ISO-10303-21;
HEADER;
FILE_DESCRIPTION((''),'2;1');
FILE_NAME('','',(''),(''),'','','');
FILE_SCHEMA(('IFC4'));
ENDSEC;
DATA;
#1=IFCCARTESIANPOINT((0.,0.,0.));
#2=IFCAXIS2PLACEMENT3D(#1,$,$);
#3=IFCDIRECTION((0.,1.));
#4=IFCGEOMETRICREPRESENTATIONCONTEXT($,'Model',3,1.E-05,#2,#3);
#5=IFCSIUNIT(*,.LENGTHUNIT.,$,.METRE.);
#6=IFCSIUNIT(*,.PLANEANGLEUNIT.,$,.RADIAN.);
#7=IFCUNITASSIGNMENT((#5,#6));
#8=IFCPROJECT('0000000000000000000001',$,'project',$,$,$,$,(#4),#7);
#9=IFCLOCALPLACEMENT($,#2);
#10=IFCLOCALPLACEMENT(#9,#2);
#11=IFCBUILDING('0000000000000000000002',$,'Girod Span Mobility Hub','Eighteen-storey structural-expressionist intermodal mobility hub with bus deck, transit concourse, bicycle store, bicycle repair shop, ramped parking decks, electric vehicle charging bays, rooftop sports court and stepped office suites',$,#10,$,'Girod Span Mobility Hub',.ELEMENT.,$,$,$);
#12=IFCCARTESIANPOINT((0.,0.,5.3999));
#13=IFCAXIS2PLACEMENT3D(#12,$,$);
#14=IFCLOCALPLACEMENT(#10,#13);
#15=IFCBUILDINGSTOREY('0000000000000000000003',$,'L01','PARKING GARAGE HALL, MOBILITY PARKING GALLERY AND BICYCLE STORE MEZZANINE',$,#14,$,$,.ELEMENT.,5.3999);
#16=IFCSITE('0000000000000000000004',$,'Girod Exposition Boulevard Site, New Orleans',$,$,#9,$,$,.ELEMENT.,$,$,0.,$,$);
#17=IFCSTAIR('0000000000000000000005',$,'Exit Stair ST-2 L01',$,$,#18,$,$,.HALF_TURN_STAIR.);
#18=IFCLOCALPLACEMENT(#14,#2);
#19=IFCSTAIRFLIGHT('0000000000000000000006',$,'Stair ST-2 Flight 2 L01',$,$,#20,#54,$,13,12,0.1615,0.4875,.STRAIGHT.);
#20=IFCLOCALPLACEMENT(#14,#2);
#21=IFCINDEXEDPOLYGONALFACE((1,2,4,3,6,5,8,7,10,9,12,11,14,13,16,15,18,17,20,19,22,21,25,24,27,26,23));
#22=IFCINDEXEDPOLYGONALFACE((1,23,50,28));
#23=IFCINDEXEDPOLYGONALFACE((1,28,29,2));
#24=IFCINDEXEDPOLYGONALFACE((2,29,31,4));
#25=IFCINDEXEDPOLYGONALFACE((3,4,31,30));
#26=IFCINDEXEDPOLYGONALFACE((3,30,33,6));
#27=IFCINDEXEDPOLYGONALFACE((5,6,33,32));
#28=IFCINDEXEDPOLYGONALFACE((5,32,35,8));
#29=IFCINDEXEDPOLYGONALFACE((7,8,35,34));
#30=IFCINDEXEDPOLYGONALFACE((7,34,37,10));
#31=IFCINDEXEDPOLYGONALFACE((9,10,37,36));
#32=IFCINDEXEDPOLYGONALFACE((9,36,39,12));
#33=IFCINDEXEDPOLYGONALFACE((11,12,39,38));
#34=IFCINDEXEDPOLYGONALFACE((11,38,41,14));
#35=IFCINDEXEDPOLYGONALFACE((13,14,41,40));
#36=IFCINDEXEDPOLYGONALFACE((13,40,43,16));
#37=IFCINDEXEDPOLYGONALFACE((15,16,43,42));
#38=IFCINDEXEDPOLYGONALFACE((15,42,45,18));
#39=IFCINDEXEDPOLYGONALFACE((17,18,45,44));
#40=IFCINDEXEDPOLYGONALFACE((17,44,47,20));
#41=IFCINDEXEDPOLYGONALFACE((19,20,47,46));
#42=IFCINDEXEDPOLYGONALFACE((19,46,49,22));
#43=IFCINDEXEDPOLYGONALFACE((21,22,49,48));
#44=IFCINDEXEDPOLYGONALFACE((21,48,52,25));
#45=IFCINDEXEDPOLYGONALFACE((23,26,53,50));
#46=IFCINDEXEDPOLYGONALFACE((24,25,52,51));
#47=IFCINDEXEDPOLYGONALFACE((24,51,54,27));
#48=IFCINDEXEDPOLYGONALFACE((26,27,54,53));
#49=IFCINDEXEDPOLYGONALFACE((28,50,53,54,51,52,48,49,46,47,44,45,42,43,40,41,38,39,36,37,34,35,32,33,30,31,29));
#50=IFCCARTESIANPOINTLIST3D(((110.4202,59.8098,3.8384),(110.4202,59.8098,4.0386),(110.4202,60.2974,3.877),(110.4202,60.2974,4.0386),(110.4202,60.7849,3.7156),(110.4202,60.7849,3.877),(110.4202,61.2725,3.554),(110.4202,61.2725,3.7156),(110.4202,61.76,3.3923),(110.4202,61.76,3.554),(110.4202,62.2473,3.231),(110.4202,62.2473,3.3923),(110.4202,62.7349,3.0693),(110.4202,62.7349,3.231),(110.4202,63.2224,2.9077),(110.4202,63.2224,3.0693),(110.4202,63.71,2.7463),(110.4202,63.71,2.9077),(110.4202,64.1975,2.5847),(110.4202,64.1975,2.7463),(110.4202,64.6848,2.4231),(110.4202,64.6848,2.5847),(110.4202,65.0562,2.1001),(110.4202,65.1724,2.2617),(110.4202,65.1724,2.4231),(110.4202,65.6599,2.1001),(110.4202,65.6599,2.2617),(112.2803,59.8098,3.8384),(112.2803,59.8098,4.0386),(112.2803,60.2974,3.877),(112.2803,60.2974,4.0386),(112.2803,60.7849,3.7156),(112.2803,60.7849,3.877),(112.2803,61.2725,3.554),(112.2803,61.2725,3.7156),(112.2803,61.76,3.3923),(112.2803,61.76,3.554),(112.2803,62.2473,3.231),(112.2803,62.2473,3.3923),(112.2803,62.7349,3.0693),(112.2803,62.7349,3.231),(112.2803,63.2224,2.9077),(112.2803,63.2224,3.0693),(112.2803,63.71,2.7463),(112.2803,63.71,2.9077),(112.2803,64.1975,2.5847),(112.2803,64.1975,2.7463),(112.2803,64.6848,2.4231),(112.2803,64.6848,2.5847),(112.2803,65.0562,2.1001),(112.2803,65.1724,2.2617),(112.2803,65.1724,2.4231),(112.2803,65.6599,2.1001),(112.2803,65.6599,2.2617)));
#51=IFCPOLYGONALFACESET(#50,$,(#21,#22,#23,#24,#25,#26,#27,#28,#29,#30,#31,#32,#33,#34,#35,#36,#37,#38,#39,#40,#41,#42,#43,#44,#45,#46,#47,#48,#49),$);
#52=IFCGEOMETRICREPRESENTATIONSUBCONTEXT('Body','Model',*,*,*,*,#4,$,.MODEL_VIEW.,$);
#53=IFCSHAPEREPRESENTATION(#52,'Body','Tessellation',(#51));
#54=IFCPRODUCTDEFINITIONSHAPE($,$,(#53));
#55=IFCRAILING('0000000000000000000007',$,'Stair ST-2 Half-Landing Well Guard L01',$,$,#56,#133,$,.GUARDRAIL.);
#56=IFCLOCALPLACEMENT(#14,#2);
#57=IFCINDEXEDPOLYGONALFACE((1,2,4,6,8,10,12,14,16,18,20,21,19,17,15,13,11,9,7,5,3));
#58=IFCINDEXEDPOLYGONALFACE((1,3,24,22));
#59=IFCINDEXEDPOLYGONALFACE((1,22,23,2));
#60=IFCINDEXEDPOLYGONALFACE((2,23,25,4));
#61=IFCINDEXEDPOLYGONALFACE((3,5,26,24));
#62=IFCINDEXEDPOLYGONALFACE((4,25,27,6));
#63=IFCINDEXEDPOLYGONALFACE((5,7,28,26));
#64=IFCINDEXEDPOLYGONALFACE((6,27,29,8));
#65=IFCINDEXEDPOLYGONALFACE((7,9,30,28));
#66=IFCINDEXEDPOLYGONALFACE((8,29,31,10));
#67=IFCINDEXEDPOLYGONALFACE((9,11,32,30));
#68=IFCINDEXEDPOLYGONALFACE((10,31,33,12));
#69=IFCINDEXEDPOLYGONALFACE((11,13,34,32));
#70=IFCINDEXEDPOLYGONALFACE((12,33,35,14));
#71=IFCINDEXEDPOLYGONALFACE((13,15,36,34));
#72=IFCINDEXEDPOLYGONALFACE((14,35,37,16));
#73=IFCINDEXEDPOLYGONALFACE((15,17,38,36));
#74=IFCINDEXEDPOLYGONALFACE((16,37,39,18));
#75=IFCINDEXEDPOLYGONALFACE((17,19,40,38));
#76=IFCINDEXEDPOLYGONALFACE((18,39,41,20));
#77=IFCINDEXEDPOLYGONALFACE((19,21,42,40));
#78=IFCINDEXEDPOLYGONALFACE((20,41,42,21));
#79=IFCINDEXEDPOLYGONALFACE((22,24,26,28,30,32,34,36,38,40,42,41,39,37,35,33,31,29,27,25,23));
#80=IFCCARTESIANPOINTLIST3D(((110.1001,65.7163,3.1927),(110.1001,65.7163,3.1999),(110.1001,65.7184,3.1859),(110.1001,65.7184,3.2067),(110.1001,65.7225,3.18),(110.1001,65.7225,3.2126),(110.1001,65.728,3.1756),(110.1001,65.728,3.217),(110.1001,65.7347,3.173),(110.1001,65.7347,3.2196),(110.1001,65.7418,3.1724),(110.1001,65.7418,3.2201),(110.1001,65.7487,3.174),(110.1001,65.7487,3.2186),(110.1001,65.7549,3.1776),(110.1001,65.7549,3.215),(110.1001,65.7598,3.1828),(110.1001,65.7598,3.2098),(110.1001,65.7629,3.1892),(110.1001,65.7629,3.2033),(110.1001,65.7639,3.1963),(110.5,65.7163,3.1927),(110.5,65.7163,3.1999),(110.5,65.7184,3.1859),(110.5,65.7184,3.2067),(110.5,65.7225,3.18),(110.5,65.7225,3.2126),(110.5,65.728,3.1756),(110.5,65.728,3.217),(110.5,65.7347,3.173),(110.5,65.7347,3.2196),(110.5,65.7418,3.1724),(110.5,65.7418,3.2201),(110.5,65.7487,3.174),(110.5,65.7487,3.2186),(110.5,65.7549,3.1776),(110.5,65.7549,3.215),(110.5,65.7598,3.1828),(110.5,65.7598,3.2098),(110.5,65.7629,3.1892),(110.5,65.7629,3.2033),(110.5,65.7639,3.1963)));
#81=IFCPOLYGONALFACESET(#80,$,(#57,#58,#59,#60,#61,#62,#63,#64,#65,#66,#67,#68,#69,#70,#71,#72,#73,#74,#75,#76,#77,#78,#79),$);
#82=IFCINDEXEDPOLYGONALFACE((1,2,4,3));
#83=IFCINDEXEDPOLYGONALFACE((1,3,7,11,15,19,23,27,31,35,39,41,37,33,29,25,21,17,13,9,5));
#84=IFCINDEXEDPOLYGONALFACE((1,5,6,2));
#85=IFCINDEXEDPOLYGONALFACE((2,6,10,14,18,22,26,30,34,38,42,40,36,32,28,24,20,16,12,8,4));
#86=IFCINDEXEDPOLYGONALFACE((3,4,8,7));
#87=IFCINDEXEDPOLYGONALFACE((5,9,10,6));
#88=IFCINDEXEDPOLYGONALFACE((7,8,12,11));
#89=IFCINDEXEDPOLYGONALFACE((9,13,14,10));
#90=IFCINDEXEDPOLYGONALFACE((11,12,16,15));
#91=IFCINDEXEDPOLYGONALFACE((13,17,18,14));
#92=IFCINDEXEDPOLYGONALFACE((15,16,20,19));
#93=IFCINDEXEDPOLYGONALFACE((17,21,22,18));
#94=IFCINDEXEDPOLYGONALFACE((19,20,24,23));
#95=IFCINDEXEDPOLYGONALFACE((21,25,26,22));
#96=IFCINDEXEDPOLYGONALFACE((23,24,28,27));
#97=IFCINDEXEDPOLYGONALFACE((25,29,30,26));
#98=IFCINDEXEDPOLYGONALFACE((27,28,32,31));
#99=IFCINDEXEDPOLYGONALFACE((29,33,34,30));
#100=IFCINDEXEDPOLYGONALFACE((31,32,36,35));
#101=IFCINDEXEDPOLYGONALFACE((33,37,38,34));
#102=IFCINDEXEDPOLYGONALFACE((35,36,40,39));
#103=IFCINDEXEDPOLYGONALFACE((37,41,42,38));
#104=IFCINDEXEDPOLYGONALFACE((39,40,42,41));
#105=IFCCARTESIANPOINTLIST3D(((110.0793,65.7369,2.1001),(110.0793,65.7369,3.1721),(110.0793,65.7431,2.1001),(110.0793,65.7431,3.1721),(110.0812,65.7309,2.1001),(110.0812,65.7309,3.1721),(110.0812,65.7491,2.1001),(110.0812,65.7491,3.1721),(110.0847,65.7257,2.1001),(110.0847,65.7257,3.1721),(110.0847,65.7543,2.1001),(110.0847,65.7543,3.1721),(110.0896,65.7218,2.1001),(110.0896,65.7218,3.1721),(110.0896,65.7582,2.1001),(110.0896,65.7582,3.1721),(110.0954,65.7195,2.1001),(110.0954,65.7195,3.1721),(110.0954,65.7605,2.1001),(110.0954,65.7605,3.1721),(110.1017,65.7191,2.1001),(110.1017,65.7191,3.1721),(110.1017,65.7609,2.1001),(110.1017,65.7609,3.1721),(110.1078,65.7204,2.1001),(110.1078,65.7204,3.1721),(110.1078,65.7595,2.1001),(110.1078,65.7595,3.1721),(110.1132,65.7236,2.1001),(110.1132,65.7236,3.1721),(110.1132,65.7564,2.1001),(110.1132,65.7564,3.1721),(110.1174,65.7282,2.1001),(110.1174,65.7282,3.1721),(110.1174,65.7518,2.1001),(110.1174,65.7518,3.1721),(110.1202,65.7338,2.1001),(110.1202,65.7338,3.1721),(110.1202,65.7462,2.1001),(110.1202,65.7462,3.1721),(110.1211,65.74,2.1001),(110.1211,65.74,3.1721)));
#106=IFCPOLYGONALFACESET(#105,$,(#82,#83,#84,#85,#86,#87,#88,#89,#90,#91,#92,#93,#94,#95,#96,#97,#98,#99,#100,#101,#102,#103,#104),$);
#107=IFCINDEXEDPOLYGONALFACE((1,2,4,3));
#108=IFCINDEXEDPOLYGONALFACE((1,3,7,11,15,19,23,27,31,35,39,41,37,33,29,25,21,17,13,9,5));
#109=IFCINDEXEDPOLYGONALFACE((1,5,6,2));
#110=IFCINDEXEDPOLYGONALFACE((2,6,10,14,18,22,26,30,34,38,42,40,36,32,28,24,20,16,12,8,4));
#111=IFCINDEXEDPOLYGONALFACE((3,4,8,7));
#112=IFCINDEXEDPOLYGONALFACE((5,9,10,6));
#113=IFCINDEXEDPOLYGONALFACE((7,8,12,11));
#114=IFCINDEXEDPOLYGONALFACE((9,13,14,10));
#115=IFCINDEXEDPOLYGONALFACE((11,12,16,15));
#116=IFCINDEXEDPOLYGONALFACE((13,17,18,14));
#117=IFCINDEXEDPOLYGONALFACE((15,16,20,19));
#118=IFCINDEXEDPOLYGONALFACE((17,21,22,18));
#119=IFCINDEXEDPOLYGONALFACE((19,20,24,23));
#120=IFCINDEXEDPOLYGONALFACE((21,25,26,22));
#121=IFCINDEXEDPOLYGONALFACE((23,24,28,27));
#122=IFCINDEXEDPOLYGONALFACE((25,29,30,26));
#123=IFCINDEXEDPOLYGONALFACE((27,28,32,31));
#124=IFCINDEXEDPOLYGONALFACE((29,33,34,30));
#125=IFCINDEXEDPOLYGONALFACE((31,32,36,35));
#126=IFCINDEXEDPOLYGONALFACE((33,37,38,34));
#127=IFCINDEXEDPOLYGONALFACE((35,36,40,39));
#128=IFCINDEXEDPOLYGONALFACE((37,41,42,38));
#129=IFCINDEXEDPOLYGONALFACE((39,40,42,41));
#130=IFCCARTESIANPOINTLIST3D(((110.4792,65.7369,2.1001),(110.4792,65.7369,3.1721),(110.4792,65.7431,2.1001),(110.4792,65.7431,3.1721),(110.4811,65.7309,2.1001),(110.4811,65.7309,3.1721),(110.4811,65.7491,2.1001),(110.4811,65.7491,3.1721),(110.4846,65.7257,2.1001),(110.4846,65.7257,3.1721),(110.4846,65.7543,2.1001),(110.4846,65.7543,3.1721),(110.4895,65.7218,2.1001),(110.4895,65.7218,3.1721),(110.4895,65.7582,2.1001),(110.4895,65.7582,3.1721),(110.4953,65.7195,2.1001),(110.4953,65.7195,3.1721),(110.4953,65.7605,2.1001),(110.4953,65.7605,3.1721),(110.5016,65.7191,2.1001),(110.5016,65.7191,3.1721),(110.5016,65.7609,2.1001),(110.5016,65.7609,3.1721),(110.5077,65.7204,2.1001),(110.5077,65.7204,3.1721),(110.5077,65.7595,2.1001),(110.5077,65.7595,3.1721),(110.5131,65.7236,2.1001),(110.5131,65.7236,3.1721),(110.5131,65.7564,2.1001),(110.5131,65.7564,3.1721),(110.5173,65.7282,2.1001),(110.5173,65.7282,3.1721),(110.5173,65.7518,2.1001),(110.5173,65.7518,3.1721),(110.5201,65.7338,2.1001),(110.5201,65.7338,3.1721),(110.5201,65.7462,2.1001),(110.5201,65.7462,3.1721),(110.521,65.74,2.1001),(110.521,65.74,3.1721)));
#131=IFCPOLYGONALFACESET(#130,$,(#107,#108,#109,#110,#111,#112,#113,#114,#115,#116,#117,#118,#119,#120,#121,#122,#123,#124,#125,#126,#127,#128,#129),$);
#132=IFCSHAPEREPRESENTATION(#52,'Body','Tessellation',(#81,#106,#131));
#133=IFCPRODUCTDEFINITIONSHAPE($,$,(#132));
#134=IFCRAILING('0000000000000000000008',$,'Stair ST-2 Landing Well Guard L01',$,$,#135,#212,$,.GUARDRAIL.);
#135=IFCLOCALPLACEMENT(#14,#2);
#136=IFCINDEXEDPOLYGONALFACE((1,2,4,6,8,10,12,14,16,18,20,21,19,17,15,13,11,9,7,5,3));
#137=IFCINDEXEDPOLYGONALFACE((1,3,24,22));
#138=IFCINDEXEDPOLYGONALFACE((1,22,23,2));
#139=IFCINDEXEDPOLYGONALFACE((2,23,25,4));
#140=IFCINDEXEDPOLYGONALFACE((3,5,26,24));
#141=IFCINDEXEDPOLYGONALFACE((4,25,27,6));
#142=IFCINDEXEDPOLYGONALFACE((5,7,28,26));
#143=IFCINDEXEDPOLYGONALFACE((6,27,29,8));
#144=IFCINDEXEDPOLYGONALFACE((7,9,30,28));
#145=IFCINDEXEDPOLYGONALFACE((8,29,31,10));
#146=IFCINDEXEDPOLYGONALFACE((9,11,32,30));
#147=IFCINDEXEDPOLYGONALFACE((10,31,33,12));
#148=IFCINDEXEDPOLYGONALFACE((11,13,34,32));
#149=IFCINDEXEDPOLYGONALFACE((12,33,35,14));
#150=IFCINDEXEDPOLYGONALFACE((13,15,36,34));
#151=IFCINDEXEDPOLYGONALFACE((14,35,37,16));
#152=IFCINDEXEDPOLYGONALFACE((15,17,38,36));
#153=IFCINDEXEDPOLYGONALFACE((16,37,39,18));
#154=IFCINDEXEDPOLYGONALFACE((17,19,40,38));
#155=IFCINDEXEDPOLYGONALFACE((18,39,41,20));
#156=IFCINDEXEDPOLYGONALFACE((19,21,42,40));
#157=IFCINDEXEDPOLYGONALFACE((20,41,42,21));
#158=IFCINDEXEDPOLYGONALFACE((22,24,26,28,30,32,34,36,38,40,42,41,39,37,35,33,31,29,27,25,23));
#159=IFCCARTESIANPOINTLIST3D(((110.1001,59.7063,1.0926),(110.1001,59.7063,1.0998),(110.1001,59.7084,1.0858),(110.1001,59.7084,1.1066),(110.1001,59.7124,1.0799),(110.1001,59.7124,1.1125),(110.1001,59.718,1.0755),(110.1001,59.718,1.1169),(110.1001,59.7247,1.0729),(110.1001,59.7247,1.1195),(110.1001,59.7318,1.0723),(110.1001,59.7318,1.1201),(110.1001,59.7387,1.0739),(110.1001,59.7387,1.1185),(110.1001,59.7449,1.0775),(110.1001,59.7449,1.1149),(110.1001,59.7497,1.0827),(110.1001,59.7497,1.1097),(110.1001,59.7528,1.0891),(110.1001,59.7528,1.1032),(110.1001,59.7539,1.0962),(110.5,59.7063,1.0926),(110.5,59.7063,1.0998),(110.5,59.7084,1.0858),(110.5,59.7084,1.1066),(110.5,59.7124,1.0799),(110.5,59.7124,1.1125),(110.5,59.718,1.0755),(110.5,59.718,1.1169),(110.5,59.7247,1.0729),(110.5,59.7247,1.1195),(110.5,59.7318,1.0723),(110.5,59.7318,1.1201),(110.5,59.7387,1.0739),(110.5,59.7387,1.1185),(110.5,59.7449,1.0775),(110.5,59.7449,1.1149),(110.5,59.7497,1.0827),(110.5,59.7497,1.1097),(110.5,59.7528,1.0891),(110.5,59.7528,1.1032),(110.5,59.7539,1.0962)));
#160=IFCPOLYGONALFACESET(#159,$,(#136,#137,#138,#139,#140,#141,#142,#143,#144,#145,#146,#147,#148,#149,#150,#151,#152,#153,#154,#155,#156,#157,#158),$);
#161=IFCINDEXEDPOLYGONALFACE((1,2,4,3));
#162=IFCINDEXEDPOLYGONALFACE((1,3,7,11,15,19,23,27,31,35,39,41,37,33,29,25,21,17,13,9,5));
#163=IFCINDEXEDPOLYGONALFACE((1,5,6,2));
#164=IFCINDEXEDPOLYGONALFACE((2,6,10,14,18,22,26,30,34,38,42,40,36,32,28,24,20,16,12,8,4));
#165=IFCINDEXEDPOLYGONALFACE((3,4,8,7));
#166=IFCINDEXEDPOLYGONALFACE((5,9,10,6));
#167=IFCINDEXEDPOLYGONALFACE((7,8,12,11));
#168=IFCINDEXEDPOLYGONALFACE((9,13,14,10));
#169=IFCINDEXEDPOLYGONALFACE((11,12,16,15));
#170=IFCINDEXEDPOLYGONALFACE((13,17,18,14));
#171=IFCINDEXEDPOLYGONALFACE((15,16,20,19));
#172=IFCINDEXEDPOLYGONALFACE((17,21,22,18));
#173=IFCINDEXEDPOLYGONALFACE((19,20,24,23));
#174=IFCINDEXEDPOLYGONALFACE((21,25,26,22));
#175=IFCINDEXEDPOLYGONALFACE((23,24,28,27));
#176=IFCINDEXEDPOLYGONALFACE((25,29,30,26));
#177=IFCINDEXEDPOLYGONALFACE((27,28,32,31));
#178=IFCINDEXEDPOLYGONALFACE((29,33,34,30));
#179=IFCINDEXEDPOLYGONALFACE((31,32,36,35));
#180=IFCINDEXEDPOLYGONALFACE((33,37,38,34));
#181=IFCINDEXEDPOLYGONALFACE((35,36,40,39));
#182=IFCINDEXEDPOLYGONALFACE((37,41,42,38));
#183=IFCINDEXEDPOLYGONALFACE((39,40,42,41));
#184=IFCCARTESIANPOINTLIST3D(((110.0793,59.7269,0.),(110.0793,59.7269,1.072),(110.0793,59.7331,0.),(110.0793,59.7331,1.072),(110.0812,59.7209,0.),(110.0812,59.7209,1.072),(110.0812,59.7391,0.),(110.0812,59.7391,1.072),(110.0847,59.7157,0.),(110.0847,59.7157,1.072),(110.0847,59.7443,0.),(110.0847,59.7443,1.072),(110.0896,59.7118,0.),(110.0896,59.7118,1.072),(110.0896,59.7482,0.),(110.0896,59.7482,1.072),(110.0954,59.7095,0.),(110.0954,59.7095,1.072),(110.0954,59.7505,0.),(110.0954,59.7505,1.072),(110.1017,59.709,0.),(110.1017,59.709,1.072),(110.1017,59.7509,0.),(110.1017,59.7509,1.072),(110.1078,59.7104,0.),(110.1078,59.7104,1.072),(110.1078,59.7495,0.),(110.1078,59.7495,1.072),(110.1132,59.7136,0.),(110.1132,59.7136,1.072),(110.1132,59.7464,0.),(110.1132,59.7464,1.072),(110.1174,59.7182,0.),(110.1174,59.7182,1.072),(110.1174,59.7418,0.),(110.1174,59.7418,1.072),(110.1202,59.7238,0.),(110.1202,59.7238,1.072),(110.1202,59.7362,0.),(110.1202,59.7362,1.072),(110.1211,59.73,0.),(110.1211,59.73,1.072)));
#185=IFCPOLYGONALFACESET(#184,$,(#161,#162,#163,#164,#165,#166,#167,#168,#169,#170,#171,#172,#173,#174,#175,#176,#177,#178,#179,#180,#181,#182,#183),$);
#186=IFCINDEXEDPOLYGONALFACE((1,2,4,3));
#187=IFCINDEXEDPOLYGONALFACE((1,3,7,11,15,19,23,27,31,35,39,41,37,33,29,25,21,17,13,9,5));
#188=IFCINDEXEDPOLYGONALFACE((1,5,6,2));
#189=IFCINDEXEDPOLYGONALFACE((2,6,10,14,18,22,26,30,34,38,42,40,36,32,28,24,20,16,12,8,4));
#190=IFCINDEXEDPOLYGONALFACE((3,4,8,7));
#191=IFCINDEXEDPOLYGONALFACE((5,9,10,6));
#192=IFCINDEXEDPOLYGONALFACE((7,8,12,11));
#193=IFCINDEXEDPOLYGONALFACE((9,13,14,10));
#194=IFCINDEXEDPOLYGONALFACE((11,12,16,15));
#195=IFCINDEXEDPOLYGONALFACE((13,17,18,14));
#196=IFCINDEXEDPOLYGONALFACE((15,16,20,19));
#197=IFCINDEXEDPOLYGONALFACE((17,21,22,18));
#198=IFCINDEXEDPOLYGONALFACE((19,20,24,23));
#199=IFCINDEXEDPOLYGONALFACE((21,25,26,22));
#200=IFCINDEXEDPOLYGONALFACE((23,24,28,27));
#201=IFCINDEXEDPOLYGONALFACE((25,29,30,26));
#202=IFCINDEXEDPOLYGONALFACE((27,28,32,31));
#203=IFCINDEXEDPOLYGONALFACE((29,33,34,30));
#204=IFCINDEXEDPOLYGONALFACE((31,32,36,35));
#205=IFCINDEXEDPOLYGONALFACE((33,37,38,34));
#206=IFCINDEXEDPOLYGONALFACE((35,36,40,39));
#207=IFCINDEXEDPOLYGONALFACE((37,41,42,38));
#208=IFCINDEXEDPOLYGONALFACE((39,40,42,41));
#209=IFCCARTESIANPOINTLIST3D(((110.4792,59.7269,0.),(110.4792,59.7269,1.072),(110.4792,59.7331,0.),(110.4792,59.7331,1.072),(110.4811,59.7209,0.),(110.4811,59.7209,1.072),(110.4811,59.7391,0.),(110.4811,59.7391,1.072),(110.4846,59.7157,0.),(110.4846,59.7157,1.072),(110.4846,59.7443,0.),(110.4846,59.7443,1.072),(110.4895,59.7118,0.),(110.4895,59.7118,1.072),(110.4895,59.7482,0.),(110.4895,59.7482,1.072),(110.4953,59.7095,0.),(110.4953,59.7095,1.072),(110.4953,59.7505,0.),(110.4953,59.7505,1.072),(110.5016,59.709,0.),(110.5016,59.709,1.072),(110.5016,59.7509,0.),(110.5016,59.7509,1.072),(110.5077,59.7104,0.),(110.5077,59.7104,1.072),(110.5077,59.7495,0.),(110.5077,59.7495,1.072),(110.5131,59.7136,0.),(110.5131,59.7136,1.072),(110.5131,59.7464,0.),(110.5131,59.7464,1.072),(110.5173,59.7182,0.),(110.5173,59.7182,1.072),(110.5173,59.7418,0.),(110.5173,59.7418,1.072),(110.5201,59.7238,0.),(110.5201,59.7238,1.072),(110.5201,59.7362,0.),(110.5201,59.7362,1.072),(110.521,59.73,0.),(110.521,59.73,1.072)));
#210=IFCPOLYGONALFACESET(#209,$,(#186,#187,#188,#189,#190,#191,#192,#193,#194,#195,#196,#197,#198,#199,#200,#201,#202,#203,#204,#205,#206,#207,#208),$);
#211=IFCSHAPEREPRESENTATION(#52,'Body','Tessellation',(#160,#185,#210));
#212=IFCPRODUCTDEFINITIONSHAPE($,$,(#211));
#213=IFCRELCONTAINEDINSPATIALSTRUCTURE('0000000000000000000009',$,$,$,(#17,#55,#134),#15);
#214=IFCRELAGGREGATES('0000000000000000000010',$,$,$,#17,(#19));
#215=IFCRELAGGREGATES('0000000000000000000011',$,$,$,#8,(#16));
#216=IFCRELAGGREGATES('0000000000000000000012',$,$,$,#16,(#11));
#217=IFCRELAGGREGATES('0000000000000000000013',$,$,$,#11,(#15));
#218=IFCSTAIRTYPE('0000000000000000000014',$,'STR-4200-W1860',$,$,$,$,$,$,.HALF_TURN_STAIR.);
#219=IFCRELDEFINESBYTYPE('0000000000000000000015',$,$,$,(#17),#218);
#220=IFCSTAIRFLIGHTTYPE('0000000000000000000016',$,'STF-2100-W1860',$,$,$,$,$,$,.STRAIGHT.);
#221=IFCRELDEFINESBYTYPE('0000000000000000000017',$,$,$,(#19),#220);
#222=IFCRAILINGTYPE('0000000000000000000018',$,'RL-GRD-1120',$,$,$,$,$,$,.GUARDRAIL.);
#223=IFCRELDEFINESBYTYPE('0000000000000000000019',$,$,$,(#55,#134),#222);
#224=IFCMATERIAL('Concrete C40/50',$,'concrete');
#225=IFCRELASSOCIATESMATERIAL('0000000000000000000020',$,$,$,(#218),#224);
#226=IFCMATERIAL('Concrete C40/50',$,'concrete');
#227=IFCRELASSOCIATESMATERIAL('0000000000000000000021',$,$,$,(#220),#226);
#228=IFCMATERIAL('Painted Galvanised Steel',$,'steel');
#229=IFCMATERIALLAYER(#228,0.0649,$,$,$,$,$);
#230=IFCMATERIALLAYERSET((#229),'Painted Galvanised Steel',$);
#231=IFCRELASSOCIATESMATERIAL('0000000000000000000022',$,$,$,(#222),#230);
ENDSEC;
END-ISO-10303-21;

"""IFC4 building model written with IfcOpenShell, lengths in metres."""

from ifc_helpers import new_model, si_unit, direction, frame, origin, origin_2d, place, context, subcontext, project, spatial, polyline, circle, outline, extrude, material, layer, layer_set, type_object, element, aggregate, save


model = new_model("IFC4")

# Units and contexts
model_context = context("Model", 3, precision=1e-05, world=origin(), true_north=direction((0.0, 1.0)))
body_context = subcontext(model_context, "Body", "Model", "MODEL_VIEW")
ifc_project = project(units=[si_unit("LENGTHUNIT", "METRE"), si_unit("PLANEANGLEUNIT", "RADIAN")], contexts=[model_context])

# Site, building, storey
site_placement = place(None, origin())
site = spatial("IfcSite", under=ifc_project, at=site_placement, Name="Girod Exposition Boulevard Site, New Orleans", CompositionType="ELEMENT", RefElevation=0.0)
building_placement = place(site_placement, origin())
building = spatial("IfcBuilding", under=site, at=building_placement, Name="Girod Span Mobility Hub", Description="Eighteen-storey structural-expressionist intermodal mobility hub with bus deck, transit concourse, bicycle store, bicycle repair shop, ramped parking decks, electric vehicle charging bays, rooftop sports court and stepped office suites", LongName="Girod Span Mobility Hub", CompositionType="ELEMENT")
storey_placement = place(building_placement, frame((0.0, 0.0, 5.3999)))
storey = spatial("IfcBuildingStorey", under=building, at=storey_placement, Name="L01", Description="PARKING GARAGE HALL, MOBILITY PARKING GALLERY AND BICYCLE STORE MEZZANINE", CompositionType="ELEMENT", Elevation=5.3999)

# Stair, stair flight
ifc_material_1 = material(Name="Concrete C40/50", Category="concrete")
stair_type = type_object("IfcStairType", Name="STR-4200-W1860", PredefinedType="HALF_TURN_STAIR", material=ifc_material_1)
stair_placement = place(storey_placement, origin())
stair = element("IfcStair", 1, at=stair_placement, inside=storey, type_object=stair_type, Name="Exit Stair ST-2 L01", PredefinedType="HALF_TURN_STAIR")
ifc_material_2 = material(Name="Concrete C40/50", Category="concrete")
stair_flight_type = type_object("IfcStairFlightType", Name="STF-2100-W1860", PredefinedType="STRAIGHT", material=ifc_material_2)
stair_flight_1_placement = place(storey_placement, frame((111.3501, 65.6599, 2.1001), z_axis=(0.0, 0.0, 1.0), x_axis=(0.0, -1.0, 0.0)))
stair_flight_1 = element("IfcStairFlight", 2, at=stair_flight_1_placement, type_object=stair_flight_type, Name="Stair ST-2 Flight 2 L01", NumberOfRisers=13, NumberOfTreads=12, PredefinedType="STRAIGHT", RiserHeight=0.1615, TreadLength=0.4875, context=body_context, shape_type="SweptSolid", body=[
    extrude(outline(polyline([(0.0, 0.0), (0.0, 0.1616), (0.4875, 0.1616), (0.4875, 0.323), (0.9751, 0.323), (0.9751, 0.4846), (1.4624, 0.4846), (1.4624, 0.6462), (1.95, 0.6462), (1.95, 0.8076), (2.4375, 0.8076), (2.4375, 0.9692), (2.925, 0.9692), (2.925, 1.1309), (3.4126, 1.1309), (3.4126, 1.2922), (3.8999, 1.2922), (3.8999, 1.4539), (4.3875, 1.4539), (4.3875, 1.6155), (4.875, 1.6155), (4.875, 1.7769), (5.3625, 1.7769), (5.3625, 1.9385), (5.8501, 1.9385), (5.8501, 2.1001), (5.8501, 1.7383), (0.6038, 0.0), (0.0, 0.0)])), frame((0.0, 0.9302, 0.0), z_axis=(0.0, -1.0, 0.0), x_axis=(1.0, 0.0, 0.0)), (0.0, 0.0, 1.0), 1.8601),
])
aggregate(stair, [stair_flight_1])

# Railings
ifc_material_3 = material(Name="Painted Galvanised Steel", Category="steel")
ifc_layer_1 = layer(ifc_material_3, 0.0649)
ifc_layer_set_1 = layer_set([ifc_layer_1], Name="Painted Galvanised Steel")
railing_type_1 = type_object("IfcRailingType", Name="RL-GRD-1120", PredefinedType="GUARDRAIL", material=ifc_layer_set_1)
for number, where, name in (
    (3, (110.1001, 65.74, 2.1001), "Stair ST-2 Half-Landing Well Guard L01"),
    (4, (110.1001, 59.73, 0.0), "Stair ST-2 Landing Well Guard L01"),
):
    element("IfcRailing", number, at=place(storey_placement, frame(where)), inside=storey, type_object=railing_type_1, Name=name, PredefinedType="GUARDRAIL", context=body_context, shape_type="SweptSolid", body=[
        extrude(circle(Radius=0.0239, at=origin_2d()), frame((0.0, 0.0, 1.0962), z_axis=(1.0, 0.0, 0.0), x_axis=(0.0, 1.0, 0.0)), (0.0, 0.0, 1.0), 0.3999),
        extrude(circle(Radius=0.021, at=origin_2d()), origin(), (0.0, 0.0, 1.0), 1.072),
        extrude(circle(Radius=0.021, at=origin_2d()), frame((0.3999, 0.0, 0.0)), (0.0, 0.0, 1.0), 1.072),
    ])

save(model, "model.ifc")
